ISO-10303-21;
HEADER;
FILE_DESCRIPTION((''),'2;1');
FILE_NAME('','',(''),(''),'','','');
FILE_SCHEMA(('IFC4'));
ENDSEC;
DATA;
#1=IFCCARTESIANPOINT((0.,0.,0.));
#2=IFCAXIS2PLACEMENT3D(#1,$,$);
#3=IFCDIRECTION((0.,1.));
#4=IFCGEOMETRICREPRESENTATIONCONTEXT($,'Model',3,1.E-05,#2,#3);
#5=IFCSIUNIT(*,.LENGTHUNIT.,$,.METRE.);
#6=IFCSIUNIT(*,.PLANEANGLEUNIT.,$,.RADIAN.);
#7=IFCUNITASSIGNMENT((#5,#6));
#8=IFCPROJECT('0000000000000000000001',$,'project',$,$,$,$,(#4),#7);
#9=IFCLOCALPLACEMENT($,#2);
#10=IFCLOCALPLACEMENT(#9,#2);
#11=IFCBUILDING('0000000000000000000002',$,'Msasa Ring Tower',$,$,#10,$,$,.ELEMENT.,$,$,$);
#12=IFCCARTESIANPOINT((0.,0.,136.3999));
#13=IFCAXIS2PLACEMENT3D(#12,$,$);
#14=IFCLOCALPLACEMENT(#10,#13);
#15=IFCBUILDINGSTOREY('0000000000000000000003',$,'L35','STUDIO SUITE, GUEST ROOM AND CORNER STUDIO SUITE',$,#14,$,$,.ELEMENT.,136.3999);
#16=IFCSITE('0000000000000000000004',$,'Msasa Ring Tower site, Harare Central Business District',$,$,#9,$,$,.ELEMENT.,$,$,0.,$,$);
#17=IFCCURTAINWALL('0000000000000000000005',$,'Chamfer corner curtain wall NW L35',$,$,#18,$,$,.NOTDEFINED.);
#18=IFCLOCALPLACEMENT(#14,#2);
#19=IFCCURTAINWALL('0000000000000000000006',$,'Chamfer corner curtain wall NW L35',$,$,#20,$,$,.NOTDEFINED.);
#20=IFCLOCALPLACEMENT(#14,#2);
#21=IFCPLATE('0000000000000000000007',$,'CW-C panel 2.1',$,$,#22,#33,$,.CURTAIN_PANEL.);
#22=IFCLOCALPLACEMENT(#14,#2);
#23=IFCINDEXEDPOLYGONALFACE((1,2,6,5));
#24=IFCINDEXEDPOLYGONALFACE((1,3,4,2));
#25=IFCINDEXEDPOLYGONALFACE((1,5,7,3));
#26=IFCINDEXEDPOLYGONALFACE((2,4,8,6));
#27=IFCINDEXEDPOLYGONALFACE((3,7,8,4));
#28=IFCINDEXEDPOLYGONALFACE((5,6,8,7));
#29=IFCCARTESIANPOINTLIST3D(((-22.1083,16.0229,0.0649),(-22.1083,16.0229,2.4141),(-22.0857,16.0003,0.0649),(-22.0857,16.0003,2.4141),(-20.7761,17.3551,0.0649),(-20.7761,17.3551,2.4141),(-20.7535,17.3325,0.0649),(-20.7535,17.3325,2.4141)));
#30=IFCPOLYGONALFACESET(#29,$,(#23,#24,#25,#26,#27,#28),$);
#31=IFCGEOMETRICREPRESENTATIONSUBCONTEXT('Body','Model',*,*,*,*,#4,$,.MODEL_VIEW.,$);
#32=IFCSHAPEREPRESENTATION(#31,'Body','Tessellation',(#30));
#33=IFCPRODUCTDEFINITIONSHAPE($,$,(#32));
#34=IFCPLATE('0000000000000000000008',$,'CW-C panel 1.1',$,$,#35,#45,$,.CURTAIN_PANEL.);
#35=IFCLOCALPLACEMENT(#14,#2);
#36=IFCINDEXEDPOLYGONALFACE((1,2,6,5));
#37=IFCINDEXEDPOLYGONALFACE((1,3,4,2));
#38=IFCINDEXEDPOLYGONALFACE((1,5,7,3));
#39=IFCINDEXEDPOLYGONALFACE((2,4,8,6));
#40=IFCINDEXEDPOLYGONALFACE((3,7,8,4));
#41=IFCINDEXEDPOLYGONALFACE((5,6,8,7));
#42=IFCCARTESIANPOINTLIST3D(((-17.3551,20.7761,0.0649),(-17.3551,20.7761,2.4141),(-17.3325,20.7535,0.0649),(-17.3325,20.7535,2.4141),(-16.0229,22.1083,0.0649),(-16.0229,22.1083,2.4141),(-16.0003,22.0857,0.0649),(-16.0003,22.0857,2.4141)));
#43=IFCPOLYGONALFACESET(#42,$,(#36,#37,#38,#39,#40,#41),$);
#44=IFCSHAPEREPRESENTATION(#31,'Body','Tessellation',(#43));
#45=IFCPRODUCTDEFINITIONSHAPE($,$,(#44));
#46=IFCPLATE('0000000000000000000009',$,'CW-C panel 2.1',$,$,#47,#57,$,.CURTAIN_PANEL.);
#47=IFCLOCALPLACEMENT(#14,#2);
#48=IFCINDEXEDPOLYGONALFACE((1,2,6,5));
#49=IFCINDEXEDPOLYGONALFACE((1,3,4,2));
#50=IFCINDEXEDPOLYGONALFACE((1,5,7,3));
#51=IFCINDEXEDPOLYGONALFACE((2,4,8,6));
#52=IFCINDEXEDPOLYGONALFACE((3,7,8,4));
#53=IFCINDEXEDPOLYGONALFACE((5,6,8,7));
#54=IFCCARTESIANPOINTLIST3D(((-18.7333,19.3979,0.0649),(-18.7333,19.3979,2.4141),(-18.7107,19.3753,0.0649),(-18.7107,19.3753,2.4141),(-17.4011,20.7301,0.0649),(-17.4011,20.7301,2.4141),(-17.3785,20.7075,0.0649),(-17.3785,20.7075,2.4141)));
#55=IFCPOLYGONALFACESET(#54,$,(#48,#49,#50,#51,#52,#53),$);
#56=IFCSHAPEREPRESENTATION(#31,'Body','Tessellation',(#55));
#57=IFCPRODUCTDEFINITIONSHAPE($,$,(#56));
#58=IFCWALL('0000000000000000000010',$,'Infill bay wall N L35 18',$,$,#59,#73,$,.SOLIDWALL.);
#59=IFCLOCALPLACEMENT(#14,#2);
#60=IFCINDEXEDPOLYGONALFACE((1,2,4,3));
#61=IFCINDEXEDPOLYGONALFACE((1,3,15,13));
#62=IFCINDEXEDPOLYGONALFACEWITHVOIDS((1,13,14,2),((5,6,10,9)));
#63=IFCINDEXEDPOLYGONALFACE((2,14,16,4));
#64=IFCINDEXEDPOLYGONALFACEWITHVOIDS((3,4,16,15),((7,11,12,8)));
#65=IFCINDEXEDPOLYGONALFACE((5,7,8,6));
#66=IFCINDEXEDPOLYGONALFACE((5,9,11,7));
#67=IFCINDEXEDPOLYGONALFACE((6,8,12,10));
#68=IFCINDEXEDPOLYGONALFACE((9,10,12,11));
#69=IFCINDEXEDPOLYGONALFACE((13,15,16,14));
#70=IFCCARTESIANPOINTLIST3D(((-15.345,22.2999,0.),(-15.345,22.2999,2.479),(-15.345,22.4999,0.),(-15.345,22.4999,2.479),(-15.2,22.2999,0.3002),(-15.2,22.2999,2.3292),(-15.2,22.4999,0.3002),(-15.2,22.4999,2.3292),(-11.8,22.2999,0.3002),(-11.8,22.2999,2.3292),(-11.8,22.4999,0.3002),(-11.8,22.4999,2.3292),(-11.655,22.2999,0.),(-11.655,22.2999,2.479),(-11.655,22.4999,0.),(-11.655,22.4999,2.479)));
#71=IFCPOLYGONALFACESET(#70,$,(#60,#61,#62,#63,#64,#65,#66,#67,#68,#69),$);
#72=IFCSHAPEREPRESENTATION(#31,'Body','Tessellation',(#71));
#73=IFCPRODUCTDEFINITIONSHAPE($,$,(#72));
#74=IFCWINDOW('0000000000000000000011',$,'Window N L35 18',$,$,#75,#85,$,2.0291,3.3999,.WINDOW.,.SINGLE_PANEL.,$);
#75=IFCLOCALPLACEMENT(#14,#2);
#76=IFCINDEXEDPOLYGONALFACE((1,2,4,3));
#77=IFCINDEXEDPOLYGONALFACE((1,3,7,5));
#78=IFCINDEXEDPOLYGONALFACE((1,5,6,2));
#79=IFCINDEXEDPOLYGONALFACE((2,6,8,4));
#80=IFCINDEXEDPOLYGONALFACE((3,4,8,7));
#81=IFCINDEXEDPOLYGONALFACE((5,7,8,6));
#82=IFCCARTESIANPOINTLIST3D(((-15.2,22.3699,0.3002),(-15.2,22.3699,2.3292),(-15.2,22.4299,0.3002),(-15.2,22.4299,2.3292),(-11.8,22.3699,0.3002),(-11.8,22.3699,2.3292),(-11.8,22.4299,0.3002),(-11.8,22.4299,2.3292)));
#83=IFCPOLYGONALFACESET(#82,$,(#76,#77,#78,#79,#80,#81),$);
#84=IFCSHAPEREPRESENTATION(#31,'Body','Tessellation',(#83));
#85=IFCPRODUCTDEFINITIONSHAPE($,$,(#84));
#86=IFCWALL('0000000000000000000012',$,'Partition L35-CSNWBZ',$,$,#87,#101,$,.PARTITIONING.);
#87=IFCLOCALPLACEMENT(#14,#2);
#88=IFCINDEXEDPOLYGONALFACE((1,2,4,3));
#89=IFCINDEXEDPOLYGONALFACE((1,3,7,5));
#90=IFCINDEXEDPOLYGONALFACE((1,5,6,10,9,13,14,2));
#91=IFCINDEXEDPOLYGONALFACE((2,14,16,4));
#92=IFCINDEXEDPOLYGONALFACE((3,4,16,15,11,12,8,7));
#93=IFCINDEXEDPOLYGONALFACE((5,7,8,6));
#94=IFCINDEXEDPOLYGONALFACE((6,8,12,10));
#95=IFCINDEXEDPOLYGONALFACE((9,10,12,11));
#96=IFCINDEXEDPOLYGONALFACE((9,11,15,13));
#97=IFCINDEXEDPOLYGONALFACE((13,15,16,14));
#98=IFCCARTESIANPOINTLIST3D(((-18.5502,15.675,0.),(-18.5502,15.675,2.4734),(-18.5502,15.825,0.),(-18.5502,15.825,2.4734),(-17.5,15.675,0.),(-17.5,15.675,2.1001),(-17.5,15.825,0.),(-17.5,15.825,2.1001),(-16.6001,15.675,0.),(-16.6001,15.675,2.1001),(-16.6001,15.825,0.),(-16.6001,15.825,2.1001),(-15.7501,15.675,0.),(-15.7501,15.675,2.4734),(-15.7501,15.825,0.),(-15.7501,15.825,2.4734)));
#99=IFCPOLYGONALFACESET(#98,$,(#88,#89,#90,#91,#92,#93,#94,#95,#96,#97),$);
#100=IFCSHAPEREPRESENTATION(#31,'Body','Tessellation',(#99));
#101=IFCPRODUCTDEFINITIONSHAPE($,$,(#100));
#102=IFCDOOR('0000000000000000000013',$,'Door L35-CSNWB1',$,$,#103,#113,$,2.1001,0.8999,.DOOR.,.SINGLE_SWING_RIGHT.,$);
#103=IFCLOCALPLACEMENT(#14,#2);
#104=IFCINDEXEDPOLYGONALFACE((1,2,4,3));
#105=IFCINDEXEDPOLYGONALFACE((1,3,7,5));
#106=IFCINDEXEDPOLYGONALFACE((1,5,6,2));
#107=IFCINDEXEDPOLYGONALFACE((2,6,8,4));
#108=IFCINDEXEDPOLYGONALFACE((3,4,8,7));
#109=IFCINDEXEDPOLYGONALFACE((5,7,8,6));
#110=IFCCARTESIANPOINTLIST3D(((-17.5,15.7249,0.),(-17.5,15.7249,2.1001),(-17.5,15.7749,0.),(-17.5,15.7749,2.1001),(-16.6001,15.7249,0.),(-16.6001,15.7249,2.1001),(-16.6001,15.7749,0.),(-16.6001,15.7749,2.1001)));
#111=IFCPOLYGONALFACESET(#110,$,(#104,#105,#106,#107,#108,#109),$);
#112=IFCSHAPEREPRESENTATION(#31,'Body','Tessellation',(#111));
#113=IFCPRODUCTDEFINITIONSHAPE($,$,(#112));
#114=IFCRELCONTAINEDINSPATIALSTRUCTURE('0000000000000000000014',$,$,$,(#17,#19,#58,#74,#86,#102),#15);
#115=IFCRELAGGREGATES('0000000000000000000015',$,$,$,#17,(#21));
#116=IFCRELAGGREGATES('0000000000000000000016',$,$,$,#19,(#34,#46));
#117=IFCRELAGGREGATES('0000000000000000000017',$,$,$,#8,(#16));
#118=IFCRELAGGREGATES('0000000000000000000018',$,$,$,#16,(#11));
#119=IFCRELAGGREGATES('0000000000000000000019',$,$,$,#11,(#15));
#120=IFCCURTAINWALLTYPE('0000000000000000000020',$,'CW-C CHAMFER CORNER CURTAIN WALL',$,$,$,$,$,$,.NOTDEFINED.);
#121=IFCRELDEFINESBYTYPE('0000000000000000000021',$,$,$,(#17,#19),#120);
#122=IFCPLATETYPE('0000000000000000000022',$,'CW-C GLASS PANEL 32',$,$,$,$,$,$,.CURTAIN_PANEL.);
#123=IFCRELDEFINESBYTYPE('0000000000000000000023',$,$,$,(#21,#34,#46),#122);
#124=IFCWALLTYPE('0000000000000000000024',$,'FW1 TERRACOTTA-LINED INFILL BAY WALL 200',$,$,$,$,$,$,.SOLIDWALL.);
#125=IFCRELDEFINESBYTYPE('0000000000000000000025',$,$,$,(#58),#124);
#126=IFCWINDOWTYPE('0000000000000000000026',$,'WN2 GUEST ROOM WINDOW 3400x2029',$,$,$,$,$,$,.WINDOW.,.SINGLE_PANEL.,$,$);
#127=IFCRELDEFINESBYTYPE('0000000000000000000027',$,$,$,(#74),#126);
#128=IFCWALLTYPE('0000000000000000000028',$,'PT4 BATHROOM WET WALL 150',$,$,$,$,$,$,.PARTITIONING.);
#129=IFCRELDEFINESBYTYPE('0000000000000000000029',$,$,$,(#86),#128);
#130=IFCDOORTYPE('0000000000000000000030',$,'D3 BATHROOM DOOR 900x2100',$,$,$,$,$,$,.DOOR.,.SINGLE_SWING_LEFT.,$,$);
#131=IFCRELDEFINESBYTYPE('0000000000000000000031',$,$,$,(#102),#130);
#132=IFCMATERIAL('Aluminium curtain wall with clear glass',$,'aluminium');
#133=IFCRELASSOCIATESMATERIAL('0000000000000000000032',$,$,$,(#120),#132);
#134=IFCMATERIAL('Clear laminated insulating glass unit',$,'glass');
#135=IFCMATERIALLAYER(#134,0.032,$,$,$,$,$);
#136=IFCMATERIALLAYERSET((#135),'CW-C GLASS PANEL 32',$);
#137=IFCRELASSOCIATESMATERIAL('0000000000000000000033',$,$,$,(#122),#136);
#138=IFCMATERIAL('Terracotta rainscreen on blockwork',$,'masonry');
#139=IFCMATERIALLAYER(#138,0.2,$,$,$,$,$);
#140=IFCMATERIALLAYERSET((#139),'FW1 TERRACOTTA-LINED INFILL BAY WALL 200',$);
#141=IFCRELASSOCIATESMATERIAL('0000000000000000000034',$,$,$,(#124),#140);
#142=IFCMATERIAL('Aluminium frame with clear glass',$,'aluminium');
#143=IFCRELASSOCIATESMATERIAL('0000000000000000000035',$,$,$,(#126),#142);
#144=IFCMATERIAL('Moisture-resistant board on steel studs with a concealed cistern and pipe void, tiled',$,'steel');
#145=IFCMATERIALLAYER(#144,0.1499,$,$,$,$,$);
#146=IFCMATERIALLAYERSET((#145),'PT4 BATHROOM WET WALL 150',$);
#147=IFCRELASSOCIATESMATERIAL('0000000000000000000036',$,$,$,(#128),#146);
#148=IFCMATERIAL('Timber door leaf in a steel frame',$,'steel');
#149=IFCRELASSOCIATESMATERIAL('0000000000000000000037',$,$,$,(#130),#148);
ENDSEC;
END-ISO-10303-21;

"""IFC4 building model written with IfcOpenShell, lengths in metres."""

from ifc_helpers import new_model, si_unit, direction, frame, frame_2d, origin, origin_2d, place, context, subcontext, project, spatial, rectangle, extrude, material, layer, layer_set, type_object, element, fill, aggregate, save


model = new_model("IFC4")

# Units and contexts
model_context = context("Model", 3, precision=1e-05, world=origin(), true_north=direction((0.0, 1.0)))
body_context = subcontext(model_context, "Body", "Model", "MODEL_VIEW")
ifc_project = project(units=[si_unit("LENGTHUNIT", "METRE"), si_unit("PLANEANGLEUNIT", "RADIAN")], contexts=[model_context])

# Site, building, storey
site_placement = place(None, origin())
site = spatial("IfcSite", under=ifc_project, at=site_placement, Name="Msasa Ring Tower site, Harare Central Business District", CompositionType="ELEMENT", RefElevation=0.0)
building_placement = place(site_placement, origin())
building = spatial("IfcBuilding", under=site, at=building_placement, Name="Msasa Ring Tower", CompositionType="ELEMENT")
storey_placement = place(building_placement, frame((0.0, 0.0, 136.3999)))
storey = spatial("IfcBuildingStorey", under=building, at=storey_placement, Name="L35", Description="STUDIO SUITE, GUEST ROOM AND CORNER STUDIO SUITE", CompositionType="ELEMENT", Elevation=136.3999)

# Curtain walls
ifc_material_1 = material(Name="Aluminium curtain wall with clear glass", Category="aluminium")
curtain_wall_type = type_object("IfcCurtainWallType", Name="CW-C CHAMFER CORNER CURTAIN WALL", PredefinedType="NOTDEFINED", material=ifc_material_1)
curtain_wall_1_placement = place(storey_placement, origin())
curtain_wall_1 = element("IfcCurtainWall", 1, at=curtain_wall_1_placement, inside=storey, type_object=curtain_wall_type, Name="Chamfer corner curtain wall NW L35", PredefinedType="NOTDEFINED")
curtain_wall_2_placement = place(storey_placement, origin())
curtain_wall_2 = element("IfcCurtainWall", 2, at=curtain_wall_2_placement, inside=storey, type_object=curtain_wall_type, Name="Chamfer corner curtain wall NW L35", PredefinedType="NOTDEFINED")

# Plates
ifc_material_2 = material(Name="Clear laminated insulating glass unit", Category="glass")
ifc_layer_1 = layer(ifc_material_2, 0.032)
ifc_layer_set_1 = layer_set([ifc_layer_1], Name="CW-C GLASS PANEL 32")
plate_type = type_object("IfcPlateType", Name="CW-C GLASS PANEL 32", PredefinedType="CURTAIN_PANEL", material=ifc_layer_set_1)
plate_1_placement = place(storey_placement, frame((-21.4309, 16.6777, 0.0649), z_axis=(0.0, 0.0, 1.0), x_axis=(-0.707107, -0.707107, 0.0)))
plate_1 = element("IfcPlate", 3, at=plate_1_placement, type_object=plate_type, Name="CW-C panel 2.1", PredefinedType="CURTAIN_PANEL", context=body_context, shape_type="SweptSolid", body=[
    extrude(rectangle(XDim=1.884, YDim=0.032, at=origin_2d()), origin(), (0.0, 0.0, 1.0), 2.3491),
])
aggregate(curtain_wall_1, [plate_1])
plate_2_placement = place(storey_placement, frame((-16.6777, 21.4309, 0.0649), z_axis=(0.0, 0.0, 1.0), x_axis=(-0.707107, -0.707107, 0.0)))
plate_2 = element("IfcPlate", 4, at=plate_2_placement, type_object=plate_type, Name="CW-C panel 1.1", PredefinedType="CURTAIN_PANEL", context=body_context, shape_type="SweptSolid", body=[
    extrude(rectangle(XDim=1.884, YDim=0.032, at=origin_2d()), origin(), (0.0, 0.0, 1.0), 2.3491),
])
plate_3_placement = place(storey_placement, frame((-18.0559, 20.0527, 0.0649), z_axis=(0.0, 0.0, 1.0), x_axis=(-0.707107, -0.707107, 0.0)))
plate_3 = element("IfcPlate", 5, at=plate_3_placement, type_object=plate_type, Name="CW-C panel 2.1", PredefinedType="CURTAIN_PANEL", context=body_context, shape_type="SweptSolid", body=[
    extrude(rectangle(XDim=1.884, YDim=0.032, at=origin_2d()), origin(), (0.0, 0.0, 1.0), 2.3491),
])
aggregate(curtain_wall_2, [plate_2, plate_3])

# Wall, opening, window
ifc_material_3 = material(Name="Terracotta rainscreen on blockwork", Category="masonry")
ifc_layer_2 = layer(ifc_material_3, 0.2)
ifc_layer_set_2 = layer_set([ifc_layer_2], Name="FW1 TERRACOTTA-LINED INFILL BAY WALL 200")
wall_type_1 = type_object("IfcWallType", Name="FW1 TERRACOTTA-LINED INFILL BAY WALL 200", PredefinedType="SOLIDWALL", material=ifc_layer_set_2)
wall_1_placement = place(storey_placement, frame((-15.345, 22.3999, 0.0), z_axis=(0.0, 0.0, 1.0), x_axis=(1.0, 0.0, 0.0)))
wall_1 = element("IfcWall", 6, at=wall_1_placement, inside=storey, type_object=wall_type_1, Name="Infill bay wall N L35 18", PredefinedType="SOLIDWALL", context=body_context, shape_type="SweptSolid", body=[
    extrude(rectangle(XDim=3.6899, YDim=0.2, at=frame_2d((1.845, 0.0))), origin(), (0.0, 0.0, 1.0), 2.479),
])
opening_1_placement = place(wall_1_placement, frame((0.145, 0.0, 0.3)))
opening_1 = element("IfcOpeningElement", 7, at=opening_1_placement, cuts=wall_1, PredefinedType="OPENING", context=body_context, shape_type="SweptSolid", body=[
    extrude(rectangle(XDim=3.3999, YDim=2.0291, at=frame_2d((1.7, 1.0146))), frame((0.0, 0.1099, 0.0), z_axis=(0.0, -1.0, 0.0), x_axis=(1.0, 0.0, 0.0)), (0.0, 0.0, 1.0), 0.22),
])
ifc_material_4 = material(Name="Aluminium frame with clear glass", Category="aluminium")
window_type = type_object("IfcWindowType", Name="WN2 GUEST ROOM WINDOW 3400x2029", PartitioningType="SINGLE_PANEL", PredefinedType="WINDOW", material=ifc_material_4)
window_placement = place(opening_1_placement, origin())
window = element("IfcWindow", 8, at=window_placement, inside=storey, type_object=window_type, Name="Window N L35 18", OverallHeight=2.0291, OverallWidth=3.3999, PartitioningType="SINGLE_PANEL", PredefinedType="WINDOW", context=body_context, shape_type="SweptSolid", body=[
    extrude(rectangle(XDim=3.3999, YDim=2.0291, at=frame_2d((1.7, 1.0146))), frame((0.0, 0.03, 0.0), z_axis=(0.0, -1.0, 0.0), x_axis=(1.0, 0.0, 0.0)), (0.0, 0.0, 1.0), 0.0601),
])
fill(opening_1, window)

# Wall, opening, door
ifc_material_5 = material(Name="Moisture-resistant board on steel studs with a concealed cistern and pipe void, tiled", Category="steel")
ifc_layer_3 = layer(ifc_material_5, 0.1499)
ifc_layer_set_3 = layer_set([ifc_layer_3], Name="PT4 BATHROOM WET WALL 150")
wall_type_2 = type_object("IfcWallType", Name="PT4 BATHROOM WET WALL 150", PredefinedType="PARTITIONING", material=ifc_layer_set_3)
wall_2_placement = place(storey_placement, frame((-18.55, 15.75, 0.0), z_axis=(0.0, 0.0, 1.0), x_axis=(1.0, 0.0, 0.0)))
wall_2 = element("IfcWall", 9, at=wall_2_placement, inside=storey, type_object=wall_type_2, Name="Partition L35-CSNWBZ", PredefinedType="PARTITIONING", context=body_context, shape_type="SweptSolid", body=[
    extrude(rectangle(XDim=2.8, YDim=0.1499, at=frame_2d((1.3999, 0.0))), origin(), (0.0, 0.0, 1.0), 2.4734),
])
opening_2_placement = place(wall_2_placement, frame((1.05, 0.0, 0.0)))
opening_2 = element("IfcOpeningElement", 10, at=opening_2_placement, cuts=wall_2, PredefinedType="OPENING", context=body_context, shape_type="SweptSolid", body=[
    extrude(rectangle(XDim=0.8999, YDim=2.1001, at=frame_2d((0.45, 1.05))), frame((0.0, 0.085, 0.0), z_axis=(0.0, -1.0, 0.0), x_axis=(1.0, 0.0, 0.0)), (0.0, 0.0, 1.0), 0.1699),
])
ifc_material_6 = material(Name="Timber door leaf in a steel frame", Category="steel")
door_type = type_object("IfcDoorType", Name="D3 BATHROOM DOOR 900x2100", OperationType="SINGLE_SWING_LEFT", PredefinedType="DOOR", material=ifc_material_6)
door_placement = place(opening_2_placement, origin())
door = element("IfcDoor", 11, at=door_placement, inside=storey, type_object=door_type, Name="Door L35-CSNWB1", OperationType="SINGLE_SWING_RIGHT", OverallHeight=2.1001, OverallWidth=0.8999, PredefinedType="DOOR", context=body_context, shape_type="SweptSolid", body=[
    extrude(rectangle(XDim=0.8999, YDim=2.1001, at=frame_2d((0.45, 1.05))), frame((0.0, 0.0249, 0.0), z_axis=(0.0, -1.0, 0.0), x_axis=(1.0, 0.0, 0.0)), (0.0, 0.0, 1.0), 0.05),
])
fill(opening_2, door)

save(model, "model.ifc")
